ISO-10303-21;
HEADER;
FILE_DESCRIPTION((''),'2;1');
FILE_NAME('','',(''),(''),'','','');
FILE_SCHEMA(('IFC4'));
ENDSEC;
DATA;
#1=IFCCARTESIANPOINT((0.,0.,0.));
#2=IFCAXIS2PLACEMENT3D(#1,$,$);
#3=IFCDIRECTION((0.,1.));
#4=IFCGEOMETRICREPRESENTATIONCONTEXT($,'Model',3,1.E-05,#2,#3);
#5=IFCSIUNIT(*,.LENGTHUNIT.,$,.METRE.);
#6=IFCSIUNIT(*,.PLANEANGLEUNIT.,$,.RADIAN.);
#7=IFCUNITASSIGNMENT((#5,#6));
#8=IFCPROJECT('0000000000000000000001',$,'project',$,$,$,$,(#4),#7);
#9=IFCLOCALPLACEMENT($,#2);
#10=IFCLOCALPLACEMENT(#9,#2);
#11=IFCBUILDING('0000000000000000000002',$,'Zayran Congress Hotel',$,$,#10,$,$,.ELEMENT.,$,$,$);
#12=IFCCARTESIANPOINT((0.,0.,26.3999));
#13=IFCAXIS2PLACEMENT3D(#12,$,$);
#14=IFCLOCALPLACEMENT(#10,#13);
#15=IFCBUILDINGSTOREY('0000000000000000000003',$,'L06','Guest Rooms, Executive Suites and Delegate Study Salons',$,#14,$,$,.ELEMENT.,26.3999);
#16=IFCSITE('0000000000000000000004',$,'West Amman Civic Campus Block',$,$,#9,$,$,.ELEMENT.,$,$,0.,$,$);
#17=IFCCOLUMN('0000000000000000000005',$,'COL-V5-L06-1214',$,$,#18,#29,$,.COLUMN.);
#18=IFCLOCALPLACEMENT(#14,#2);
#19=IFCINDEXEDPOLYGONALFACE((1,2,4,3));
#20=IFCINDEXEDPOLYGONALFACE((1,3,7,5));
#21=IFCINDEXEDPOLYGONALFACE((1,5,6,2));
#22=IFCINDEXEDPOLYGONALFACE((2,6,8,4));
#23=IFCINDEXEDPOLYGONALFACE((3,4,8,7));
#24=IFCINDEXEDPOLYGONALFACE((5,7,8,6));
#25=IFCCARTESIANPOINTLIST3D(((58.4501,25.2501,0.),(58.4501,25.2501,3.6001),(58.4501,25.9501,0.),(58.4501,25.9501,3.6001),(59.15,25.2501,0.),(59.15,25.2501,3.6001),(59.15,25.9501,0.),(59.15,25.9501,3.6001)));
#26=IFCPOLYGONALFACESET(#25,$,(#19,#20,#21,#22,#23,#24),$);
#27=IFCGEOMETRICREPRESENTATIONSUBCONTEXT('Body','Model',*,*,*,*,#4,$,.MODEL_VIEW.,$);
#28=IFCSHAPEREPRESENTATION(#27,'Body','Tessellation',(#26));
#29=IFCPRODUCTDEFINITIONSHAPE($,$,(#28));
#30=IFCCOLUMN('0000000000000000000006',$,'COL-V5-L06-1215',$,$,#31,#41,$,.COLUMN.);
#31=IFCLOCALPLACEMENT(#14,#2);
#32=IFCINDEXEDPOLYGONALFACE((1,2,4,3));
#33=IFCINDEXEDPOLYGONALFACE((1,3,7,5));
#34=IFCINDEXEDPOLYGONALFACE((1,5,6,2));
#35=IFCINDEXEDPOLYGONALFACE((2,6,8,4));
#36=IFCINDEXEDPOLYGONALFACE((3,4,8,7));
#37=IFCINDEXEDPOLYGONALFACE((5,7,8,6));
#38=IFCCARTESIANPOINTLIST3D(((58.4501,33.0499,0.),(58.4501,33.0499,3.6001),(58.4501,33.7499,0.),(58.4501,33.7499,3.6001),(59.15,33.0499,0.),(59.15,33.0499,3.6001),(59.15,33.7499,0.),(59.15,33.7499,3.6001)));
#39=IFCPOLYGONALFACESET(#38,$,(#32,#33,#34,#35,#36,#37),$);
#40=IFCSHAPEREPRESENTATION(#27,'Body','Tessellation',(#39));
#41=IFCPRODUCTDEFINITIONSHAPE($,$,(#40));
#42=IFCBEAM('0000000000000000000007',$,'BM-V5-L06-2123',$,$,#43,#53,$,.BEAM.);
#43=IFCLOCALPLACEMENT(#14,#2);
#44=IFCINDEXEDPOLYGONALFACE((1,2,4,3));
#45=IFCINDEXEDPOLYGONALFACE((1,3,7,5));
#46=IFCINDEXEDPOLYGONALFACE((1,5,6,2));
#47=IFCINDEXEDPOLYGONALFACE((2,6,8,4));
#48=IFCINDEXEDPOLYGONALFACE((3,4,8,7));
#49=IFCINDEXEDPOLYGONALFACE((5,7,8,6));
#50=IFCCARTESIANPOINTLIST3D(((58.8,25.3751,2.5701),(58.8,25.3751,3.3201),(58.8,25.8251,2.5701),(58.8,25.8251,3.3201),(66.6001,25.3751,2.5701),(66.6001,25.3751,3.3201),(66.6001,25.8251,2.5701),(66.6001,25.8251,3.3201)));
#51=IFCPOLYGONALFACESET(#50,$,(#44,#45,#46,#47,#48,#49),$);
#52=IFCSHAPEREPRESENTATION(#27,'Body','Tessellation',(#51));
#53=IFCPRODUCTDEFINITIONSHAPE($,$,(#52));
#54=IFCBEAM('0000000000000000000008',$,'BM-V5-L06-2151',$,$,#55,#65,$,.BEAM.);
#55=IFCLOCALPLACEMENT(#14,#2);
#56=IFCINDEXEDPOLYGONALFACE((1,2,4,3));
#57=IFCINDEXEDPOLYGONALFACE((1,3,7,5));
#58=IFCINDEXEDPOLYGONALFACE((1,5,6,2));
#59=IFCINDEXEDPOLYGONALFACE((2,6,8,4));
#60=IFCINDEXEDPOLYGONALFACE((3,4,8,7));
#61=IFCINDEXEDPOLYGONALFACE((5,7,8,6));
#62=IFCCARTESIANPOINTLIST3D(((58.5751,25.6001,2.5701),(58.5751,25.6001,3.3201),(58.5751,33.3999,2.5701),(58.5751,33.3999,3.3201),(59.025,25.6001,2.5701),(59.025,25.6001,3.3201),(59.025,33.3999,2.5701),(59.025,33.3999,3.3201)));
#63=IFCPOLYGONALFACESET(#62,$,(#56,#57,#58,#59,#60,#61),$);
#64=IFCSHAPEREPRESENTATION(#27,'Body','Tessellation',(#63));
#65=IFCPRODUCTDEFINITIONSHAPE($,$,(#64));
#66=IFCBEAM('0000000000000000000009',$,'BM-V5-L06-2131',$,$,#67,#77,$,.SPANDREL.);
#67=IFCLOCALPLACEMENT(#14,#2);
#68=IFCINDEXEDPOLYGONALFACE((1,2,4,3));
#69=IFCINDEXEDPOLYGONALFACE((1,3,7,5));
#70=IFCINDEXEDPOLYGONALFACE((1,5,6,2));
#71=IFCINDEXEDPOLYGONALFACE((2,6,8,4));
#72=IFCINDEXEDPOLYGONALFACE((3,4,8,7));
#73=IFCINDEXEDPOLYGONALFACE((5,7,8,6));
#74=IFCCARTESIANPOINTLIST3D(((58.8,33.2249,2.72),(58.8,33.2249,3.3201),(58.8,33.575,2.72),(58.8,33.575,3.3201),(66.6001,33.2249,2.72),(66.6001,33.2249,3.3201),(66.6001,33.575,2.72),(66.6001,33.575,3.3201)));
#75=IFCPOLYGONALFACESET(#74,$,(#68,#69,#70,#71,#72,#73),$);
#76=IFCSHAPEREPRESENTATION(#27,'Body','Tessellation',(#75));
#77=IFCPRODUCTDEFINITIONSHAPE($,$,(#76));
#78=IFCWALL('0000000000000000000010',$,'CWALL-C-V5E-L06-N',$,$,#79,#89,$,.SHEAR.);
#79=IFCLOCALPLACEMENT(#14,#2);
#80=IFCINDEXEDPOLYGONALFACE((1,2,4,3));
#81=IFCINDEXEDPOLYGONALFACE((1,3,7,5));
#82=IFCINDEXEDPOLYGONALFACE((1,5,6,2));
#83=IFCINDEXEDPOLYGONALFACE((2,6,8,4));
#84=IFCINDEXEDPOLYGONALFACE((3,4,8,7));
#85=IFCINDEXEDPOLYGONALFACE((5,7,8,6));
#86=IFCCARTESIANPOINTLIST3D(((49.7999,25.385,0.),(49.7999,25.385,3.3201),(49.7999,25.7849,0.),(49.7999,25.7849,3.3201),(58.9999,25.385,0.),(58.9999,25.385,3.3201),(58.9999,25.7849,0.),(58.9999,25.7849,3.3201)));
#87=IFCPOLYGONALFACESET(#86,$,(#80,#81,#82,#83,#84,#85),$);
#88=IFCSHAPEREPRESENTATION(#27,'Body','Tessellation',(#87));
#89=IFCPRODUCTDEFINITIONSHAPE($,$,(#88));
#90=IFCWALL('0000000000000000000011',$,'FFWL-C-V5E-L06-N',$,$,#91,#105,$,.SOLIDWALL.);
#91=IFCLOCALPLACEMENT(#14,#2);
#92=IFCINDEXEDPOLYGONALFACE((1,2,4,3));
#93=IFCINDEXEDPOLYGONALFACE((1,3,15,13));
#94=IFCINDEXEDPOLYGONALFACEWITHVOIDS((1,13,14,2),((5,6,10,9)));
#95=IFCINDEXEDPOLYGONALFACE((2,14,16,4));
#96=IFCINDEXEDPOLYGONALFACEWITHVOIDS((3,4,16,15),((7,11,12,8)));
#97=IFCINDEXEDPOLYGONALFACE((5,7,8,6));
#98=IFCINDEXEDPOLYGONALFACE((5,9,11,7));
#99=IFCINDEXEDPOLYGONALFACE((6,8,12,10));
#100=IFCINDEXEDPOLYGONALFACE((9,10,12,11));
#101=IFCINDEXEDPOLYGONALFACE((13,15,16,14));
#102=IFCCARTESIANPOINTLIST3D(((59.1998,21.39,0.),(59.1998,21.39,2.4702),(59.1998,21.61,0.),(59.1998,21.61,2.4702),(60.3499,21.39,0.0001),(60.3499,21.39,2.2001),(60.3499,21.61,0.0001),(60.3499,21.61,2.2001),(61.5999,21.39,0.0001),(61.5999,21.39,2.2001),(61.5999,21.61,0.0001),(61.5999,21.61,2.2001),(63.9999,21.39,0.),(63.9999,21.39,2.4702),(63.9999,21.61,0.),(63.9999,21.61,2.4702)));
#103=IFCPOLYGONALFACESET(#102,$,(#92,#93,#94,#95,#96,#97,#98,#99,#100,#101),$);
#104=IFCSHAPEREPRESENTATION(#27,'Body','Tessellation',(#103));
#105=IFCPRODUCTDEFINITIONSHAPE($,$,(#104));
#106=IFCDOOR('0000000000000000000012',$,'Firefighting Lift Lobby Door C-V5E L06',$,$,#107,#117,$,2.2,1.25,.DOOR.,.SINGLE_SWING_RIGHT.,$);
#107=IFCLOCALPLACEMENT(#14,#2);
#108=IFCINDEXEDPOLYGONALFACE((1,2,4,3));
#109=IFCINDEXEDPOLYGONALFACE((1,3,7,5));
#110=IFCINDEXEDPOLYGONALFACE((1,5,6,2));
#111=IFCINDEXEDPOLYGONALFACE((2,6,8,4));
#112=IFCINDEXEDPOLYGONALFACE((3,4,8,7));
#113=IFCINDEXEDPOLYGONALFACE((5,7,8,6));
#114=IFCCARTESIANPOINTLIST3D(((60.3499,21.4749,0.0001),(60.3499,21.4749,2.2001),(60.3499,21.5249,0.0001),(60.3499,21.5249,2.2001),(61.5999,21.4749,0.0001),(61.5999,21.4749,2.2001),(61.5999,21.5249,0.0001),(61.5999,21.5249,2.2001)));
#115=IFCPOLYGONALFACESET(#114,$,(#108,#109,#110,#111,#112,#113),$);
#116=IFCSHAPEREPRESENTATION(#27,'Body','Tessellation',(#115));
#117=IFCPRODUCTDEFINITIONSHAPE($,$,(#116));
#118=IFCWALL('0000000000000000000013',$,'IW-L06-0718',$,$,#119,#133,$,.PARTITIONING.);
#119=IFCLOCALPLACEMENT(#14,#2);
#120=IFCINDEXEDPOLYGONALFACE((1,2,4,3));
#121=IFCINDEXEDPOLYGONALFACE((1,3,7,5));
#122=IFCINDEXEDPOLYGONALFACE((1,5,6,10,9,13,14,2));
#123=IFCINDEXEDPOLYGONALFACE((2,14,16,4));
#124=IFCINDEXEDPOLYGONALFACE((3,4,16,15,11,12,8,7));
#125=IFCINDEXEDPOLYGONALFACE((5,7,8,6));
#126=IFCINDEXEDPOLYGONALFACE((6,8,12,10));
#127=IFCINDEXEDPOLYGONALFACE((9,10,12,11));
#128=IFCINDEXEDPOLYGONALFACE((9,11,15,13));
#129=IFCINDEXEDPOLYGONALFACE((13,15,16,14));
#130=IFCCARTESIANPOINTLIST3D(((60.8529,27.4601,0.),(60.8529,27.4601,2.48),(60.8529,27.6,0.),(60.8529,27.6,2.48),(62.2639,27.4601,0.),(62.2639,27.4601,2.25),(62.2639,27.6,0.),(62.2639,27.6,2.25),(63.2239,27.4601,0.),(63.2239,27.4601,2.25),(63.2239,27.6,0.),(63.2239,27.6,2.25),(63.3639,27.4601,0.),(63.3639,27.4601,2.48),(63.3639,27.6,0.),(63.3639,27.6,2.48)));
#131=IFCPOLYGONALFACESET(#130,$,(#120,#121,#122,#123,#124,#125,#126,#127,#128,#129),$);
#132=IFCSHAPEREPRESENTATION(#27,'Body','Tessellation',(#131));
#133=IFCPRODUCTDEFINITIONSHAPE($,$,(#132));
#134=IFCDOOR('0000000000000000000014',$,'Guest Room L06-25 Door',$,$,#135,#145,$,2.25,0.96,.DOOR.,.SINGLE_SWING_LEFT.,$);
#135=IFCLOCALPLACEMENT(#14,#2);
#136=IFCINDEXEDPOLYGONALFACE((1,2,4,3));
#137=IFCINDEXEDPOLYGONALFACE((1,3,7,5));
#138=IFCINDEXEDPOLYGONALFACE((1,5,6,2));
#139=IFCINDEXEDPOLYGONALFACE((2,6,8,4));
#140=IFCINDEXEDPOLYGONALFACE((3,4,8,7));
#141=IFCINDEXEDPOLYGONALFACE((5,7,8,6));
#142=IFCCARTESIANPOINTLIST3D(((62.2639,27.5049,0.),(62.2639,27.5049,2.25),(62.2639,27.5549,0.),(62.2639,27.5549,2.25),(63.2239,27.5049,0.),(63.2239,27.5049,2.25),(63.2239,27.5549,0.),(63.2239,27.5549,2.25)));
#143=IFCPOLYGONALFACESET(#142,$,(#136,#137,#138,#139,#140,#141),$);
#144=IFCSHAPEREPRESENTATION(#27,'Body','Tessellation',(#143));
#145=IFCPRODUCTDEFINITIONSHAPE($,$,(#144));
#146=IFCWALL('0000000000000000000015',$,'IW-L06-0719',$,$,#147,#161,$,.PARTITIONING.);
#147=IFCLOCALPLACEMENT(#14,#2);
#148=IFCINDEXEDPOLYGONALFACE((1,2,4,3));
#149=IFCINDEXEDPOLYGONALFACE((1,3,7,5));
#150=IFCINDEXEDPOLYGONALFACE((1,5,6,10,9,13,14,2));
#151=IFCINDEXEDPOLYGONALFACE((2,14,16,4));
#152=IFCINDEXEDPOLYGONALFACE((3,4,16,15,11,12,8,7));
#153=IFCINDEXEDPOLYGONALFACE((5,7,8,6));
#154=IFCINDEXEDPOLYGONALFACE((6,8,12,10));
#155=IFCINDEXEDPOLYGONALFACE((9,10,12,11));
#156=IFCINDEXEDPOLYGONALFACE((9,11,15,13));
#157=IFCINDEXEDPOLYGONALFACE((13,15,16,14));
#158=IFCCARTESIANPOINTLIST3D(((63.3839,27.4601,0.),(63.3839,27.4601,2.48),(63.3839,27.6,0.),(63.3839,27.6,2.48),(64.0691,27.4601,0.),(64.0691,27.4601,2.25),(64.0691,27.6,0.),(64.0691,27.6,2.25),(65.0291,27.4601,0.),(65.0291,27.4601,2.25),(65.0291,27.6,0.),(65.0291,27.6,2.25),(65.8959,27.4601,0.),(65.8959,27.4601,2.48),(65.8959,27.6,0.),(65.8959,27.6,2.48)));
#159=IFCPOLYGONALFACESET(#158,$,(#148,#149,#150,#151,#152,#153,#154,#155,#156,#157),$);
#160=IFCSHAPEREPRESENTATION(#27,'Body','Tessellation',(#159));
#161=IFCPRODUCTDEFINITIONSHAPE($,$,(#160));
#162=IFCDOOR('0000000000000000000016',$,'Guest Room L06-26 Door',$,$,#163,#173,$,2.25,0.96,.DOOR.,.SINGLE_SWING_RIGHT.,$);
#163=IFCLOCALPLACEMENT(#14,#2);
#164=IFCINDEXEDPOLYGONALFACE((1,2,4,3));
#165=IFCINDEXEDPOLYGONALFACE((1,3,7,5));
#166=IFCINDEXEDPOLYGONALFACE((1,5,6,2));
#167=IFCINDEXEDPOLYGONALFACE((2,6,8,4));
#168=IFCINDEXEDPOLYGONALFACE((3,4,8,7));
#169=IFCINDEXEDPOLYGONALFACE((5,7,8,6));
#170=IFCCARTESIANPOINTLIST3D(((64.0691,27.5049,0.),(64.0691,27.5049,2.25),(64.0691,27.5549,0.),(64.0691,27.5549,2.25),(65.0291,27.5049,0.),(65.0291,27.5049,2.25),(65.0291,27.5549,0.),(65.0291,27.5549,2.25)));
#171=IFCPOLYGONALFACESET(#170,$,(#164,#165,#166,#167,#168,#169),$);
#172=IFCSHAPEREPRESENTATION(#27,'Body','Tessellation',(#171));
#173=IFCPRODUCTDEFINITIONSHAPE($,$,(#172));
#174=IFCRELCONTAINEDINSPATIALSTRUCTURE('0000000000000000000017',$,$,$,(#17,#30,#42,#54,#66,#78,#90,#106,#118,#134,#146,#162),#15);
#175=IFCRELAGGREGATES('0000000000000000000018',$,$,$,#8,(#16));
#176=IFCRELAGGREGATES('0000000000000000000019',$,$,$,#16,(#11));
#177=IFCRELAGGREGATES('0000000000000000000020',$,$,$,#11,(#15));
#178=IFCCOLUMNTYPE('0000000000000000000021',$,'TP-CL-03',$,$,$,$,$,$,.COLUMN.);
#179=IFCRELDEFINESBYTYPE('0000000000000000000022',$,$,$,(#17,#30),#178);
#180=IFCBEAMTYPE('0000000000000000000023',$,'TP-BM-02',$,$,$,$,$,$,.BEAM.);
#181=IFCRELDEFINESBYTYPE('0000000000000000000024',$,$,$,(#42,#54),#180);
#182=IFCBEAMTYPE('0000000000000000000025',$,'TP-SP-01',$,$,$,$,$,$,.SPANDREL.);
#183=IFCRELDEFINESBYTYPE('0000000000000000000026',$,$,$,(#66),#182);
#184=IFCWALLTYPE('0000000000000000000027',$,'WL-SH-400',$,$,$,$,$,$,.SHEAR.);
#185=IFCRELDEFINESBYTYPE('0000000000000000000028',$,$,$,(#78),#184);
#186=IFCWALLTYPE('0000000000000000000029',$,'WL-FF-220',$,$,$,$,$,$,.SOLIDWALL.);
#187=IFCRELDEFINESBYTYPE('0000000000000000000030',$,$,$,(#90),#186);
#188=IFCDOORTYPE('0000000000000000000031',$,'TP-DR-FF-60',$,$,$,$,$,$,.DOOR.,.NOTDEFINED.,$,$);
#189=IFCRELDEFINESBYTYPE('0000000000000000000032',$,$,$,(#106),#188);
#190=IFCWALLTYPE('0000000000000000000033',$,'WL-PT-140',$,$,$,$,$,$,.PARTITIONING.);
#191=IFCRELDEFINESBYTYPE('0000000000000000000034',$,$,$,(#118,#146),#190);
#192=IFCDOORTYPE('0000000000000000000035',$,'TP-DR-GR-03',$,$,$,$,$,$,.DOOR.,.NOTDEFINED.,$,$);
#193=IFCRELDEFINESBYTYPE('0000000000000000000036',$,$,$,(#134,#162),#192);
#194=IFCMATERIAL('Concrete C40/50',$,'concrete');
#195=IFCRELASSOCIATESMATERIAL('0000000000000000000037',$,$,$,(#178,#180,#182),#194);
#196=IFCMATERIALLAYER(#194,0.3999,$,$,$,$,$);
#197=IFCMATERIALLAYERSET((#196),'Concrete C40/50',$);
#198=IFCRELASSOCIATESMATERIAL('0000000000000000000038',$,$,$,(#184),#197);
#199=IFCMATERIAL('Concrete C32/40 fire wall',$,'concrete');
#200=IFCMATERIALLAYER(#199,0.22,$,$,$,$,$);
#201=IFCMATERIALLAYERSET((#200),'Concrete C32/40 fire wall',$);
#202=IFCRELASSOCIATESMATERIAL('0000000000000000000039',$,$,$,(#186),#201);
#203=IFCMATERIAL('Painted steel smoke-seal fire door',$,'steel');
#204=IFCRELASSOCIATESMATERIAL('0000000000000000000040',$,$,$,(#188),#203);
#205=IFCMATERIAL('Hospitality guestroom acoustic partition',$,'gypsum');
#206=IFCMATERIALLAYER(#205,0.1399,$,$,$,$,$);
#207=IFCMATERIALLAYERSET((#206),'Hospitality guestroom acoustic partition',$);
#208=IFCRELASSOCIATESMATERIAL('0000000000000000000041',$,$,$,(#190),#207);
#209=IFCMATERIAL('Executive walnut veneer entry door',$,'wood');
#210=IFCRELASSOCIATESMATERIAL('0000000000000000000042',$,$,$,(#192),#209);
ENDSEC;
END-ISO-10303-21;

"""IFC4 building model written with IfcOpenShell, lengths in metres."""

from ifc_helpers import new_model, si_unit, direction, frame, frame_2d, origin, origin_2d, place, context, subcontext, project, spatial, rectangle, extrude, material, layer, layer_set, material_profile, profile_set, type_object, element, fill, save


model = new_model("IFC4")

# Units and contexts
model_context = context("Model", 3, precision=1e-05, world=origin(), true_north=direction((0.0, 1.0)))
body_context = subcontext(model_context, "Body", "Model", "MODEL_VIEW")
ifc_project = project(units=[si_unit("LENGTHUNIT", "METRE"), si_unit("PLANEANGLEUNIT", "RADIAN")], contexts=[model_context])

# Site, building, storey
site_placement = place(None, origin())
site = spatial("IfcSite", under=ifc_project, at=site_placement, Name="West Amman Civic Campus Block", CompositionType="ELEMENT", RefElevation=0.0)
building_placement = place(site_placement, origin())
building = spatial("IfcBuilding", under=site, at=building_placement, Name="Zayran Congress Hotel", CompositionType="ELEMENT")
storey_placement = place(building_placement, frame((0.0, 0.0, 26.3999)))
storey = spatial("IfcBuildingStorey", under=building, at=storey_placement, Name="L06", Description="Guest Rooms, Executive Suites and Delegate Study Salons", CompositionType="ELEMENT", Elevation=26.3999)

# Columns
ifc_material_1 = material(Name="Concrete C40/50", Category="concrete")
ifc_material_profile_1 = material_profile(ifc_material_1, rectangle(XDim=0.7, YDim=0.7, at=origin_2d()), Name="RC 700x700")
ifc_profile_set_1 = profile_set([ifc_material_profile_1], Name="Concrete C40/50")
column_type = type_object("IfcColumnType", Name="TP-CL-03", PredefinedType="COLUMN", material=ifc_profile_set_1)
for number, where, z_axis, x_axis, name in (
    (1, (58.8, 25.6001, 0.0), (0.0, 0.0, 1.0), (1.0, 0.0, 0.0), "COL-V5-L06-1214"),
    (2, (58.8, 33.3999, 0.0), (0.0, 0.0, 1.0), (1.0, 0.0, 0.0), "COL-V5-L06-1215"),
):
    element("IfcColumn", number, at=place(storey_placement, frame(where, z_axis=z_axis, x_axis=x_axis)), inside=storey, type_object=column_type, Name=name, PredefinedType="COLUMN", context=body_context, shape_type="SweptSolid", body=[
        extrude(rectangle(XDim=0.7, YDim=0.7, at=origin_2d()), origin(), (0.0, 0.0, 1.0), 3.6001),
    ])

# Beams
ifc_material_profile_2 = material_profile(ifc_material_1, rectangle(XDim=0.45, YDim=0.75, at=origin_2d()), Name="RC 450x750")
ifc_profile_set_2 = profile_set([ifc_material_profile_2], Name="Concrete C40/50")
beam_type_1 = type_object("IfcBeamType", Name="TP-BM-02", PredefinedType="BEAM", material=ifc_profile_set_2)
beam_1_placement = place(storey_placement, frame((58.8, 25.6001, 2.9451), z_axis=(1.0, 0.0, 0.0), x_axis=(0.0, 1.0, 0.0)))
element("IfcBeam", 3, at=beam_1_placement, inside=storey, type_object=beam_type_1, Name="BM-V5-L06-2123", PredefinedType="BEAM", context=body_context, shape_type="SweptSolid", body=[
    extrude(rectangle(XDim=0.45, YDim=0.75, at=origin_2d()), origin(), (0.0, 0.0, 1.0), 7.8),
])
beam_2_placement = place(storey_placement, frame((58.8, 25.6001, 2.9451), z_axis=(0.0, 1.0, 0.0), x_axis=(-1.0, 0.0, 0.0)))
element("IfcBeam", 4, at=beam_2_placement, inside=storey, type_object=beam_type_1, Name="BM-V5-L06-2151", PredefinedType="BEAM", context=body_context, shape_type="SweptSolid", body=[
    extrude(rectangle(XDim=0.45, YDim=0.75, at=origin_2d()), origin(), (0.0, 0.0, 1.0), 7.7998),
])
ifc_material_profile_3 = material_profile(ifc_material_1, rectangle(XDim=0.3501, YDim=0.6001, at=origin_2d()), Name="RC 350x600")
ifc_profile_set_3 = profile_set([ifc_material_profile_3], Name="Concrete C40/50")
beam_type_2 = type_object("IfcBeamType", Name="TP-SP-01", PredefinedType="SPANDREL", material=ifc_profile_set_3)
beam_3_placement = place(storey_placement, frame((58.8, 33.3999, 3.02), z_axis=(1.0, 0.0, 0.0), x_axis=(0.0, 1.0, 0.0)))
element("IfcBeam", 5, at=beam_3_placement, inside=storey, type_object=beam_type_2, Name="BM-V5-L06-2131", PredefinedType="SPANDREL", context=body_context, shape_type="SweptSolid", body=[
    extrude(rectangle(XDim=0.3501, YDim=0.6001, at=origin_2d()), origin(), (0.0, 0.0, 1.0), 7.8),
])

# Wall
ifc_layer_1 = layer(ifc_material_1, 0.3999)
ifc_layer_set_1 = layer_set([ifc_layer_1], Name="Concrete C40/50")
wall_type_1 = type_object("IfcWallType", Name="WL-SH-400", PredefinedType="SHEAR", material=ifc_layer_set_1)
wall_1_placement = place(storey_placement, frame((59.0, 25.585, 0.0), z_axis=(0.0, 0.0, 1.0), x_axis=(-1.0, 0.0, 0.0)))
element("IfcWall", 6, at=wall_1_placement, inside=storey, type_object=wall_type_1, Name="CWALL-C-V5E-L06-N", PredefinedType="SHEAR", context=body_context, shape_type="SweptSolid", body=[
    extrude(rectangle(XDim=9.2, YDim=0.3999, at=frame_2d((4.6001, 0.0))), origin(), (0.0, 0.0, 1.0), 3.3201),
])

# Walls, openings, doors
ifc_material_2 = material(Name="Concrete C32/40 fire wall", Category="concrete")
ifc_layer_2 = layer(ifc_material_2, 0.22)
ifc_layer_set_2 = layer_set([ifc_layer_2], Name="Concrete C32/40 fire wall")
wall_type_2 = type_object("IfcWallType", Name="WL-FF-220", PredefinedType="SOLIDWALL", material=ifc_layer_set_2)
wall_2_placement = place(storey_placement, frame((59.2, 21.5, 0.0), z_axis=(0.0, 0.0, 1.0), x_axis=(1.0, 0.0, 0.0)))
wall_2 = element("IfcWall", 7, at=wall_2_placement, inside=storey, type_object=wall_type_2, Name="FFWL-C-V5E-L06-N", PredefinedType="SOLIDWALL", context=body_context, shape_type="SweptSolid", body=[
    extrude(rectangle(XDim=4.8, YDim=0.22, at=frame_2d((2.3999, 0.0))), origin(), (0.0, 0.0, 1.0), 2.4702),
])
opening_1_placement = place(wall_2_placement, frame((1.1499, 0.0, 0.0)))
opening_1 = element("IfcOpeningElement", 8, at=opening_1_placement, cuts=wall_2, PredefinedType="OPENING", context=body_context, shape_type="SweptSolid", body=[
    extrude(rectangle(XDim=1.25, YDim=2.2, at=frame_2d((0.625, 1.1001))), frame((0.0, 0.1199, 0.0), z_axis=(0.0, -1.0, 0.0), x_axis=(1.0, 0.0, 0.0)), (0.0, 0.0, 1.0), 0.24),
])
ifc_material_3 = material(Name="Painted steel smoke-seal fire door", Category="steel")
door_type_1 = type_object("IfcDoorType", Name="TP-DR-FF-60", OperationType="NOTDEFINED", PredefinedType="DOOR", material=ifc_material_3)
door_1_placement = place(opening_1_placement, origin())
door_1 = element("IfcDoor", 9, at=door_1_placement, inside=storey, type_object=door_type_1, Name="Firefighting Lift Lobby Door C-V5E L06", OperationType="SINGLE_SWING_RIGHT", OverallHeight=2.2, OverallWidth=1.25, PredefinedType="DOOR", context=body_context, shape_type="SweptSolid", body=[
    extrude(rectangle(XDim=1.25, YDim=2.2, at=frame_2d((0.625, 1.1001))), frame((0.0, 0.0249, 0.0), z_axis=(0.0, -1.0, 0.0), x_axis=(1.0, 0.0, 0.0)), (0.0, 0.0, 1.0), 0.05),
])
fill(opening_1, door_1)
ifc_material_4 = material(Name="Hospitality guestroom acoustic partition", Category="gypsum")
ifc_layer_3 = layer(ifc_material_4, 0.1399)
ifc_layer_set_3 = layer_set([ifc_layer_3], Name="Hospitality guestroom acoustic partition")
wall_type_3 = type_object("IfcWallType", Name="WL-PT-140", PredefinedType="PARTITIONING", material=ifc_layer_set_3)
wall_3_placement = place(storey_placement, frame((60.853, 27.53, 0.0), z_axis=(0.0, 0.0, 1.0), x_axis=(1.0, 0.0, 0.0)))
wall_3 = element("IfcWall", 10, at=wall_3_placement, inside=storey, type_object=wall_type_3, Name="IW-L06-0718", PredefinedType="PARTITIONING", context=body_context, shape_type="SweptSolid", body=[
    extrude(rectangle(XDim=2.511, YDim=0.1399, at=frame_2d((1.2554, 0.0))), origin(), (0.0, 0.0, 1.0), 2.48),
])
opening_2_placement = place(wall_3_placement, frame((1.4109, 0.0, 0.0)))
opening_2 = element("IfcOpeningElement", 11, at=opening_2_placement, cuts=wall_3, PredefinedType="OPENING", context=body_context, shape_type="SweptSolid", body=[
    extrude(rectangle(XDim=0.96, YDim=2.25, at=frame_2d((0.48, 1.125))), frame((0.0, 0.0798, 0.0), z_axis=(0.0, -1.0, 0.0), x_axis=(1.0, 0.0, 0.0)), (0.0, 0.0, 1.0), 0.1599),
])
ifc_material_5 = material(Name="Executive walnut veneer entry door", Category="wood")
door_type_2 = type_object("IfcDoorType", Name="TP-DR-GR-03", OperationType="NOTDEFINED", PredefinedType="DOOR", material=ifc_material_5)
door_2_placement = place(opening_2_placement, origin())
door_2 = element("IfcDoor", 12, at=door_2_placement, inside=storey, type_object=door_type_2, Name="Guest Room L06-25 Door", OperationType="SINGLE_SWING_LEFT", OverallHeight=2.25, OverallWidth=0.96, PredefinedType="DOOR", context=body_context, shape_type="SweptSolid", body=[
    extrude(rectangle(XDim=0.96, YDim=2.25, at=frame_2d((0.48, 1.125))), frame((0.0, 0.0249, 0.0), z_axis=(0.0, -1.0, 0.0), x_axis=(1.0, 0.0, 0.0)), (0.0, 0.0, 1.0), 0.05),
])
fill(opening_2, door_2)
wall_4_placement = place(storey_placement, frame((63.384, 27.53, 0.0), z_axis=(0.0, 0.0, 1.0), x_axis=(1.0, 0.0, 0.0)))
wall_4 = element("IfcWall", 13, at=wall_4_placement, inside=storey, type_object=wall_type_3, Name="IW-L06-0719", PredefinedType="PARTITIONING", context=body_context, shape_type="SweptSolid", body=[
    extrude(rectangle(XDim=2.512, YDim=0.1399, at=frame_2d((1.2559, 0.0))), origin(), (0.0, 0.0, 1.0), 2.48),
])
opening_3_placement = place(wall_4_placement, frame((0.6851, 0.0, 0.0)))
opening_3 = element("IfcOpeningElement", 14, at=opening_3_placement, cuts=wall_4, PredefinedType="OPENING", context=body_context, shape_type="SweptSolid", body=[
    extrude(rectangle(XDim=0.96, YDim=2.25, at=frame_2d((0.48, 1.125))), frame((0.0, 0.0798, 0.0), z_axis=(0.0, -1.0, 0.0), x_axis=(1.0, 0.0, 0.0)), (0.0, 0.0, 1.0), 0.1599),
])
door_3_placement = place(opening_3_placement, origin())
door_3 = element("IfcDoor", 15, at=door_3_placement, inside=storey, type_object=door_type_2, Name="Guest Room L06-26 Door", OperationType="SINGLE_SWING_RIGHT", OverallHeight=2.25, OverallWidth=0.96, PredefinedType="DOOR", context=body_context, shape_type="SweptSolid", body=[
    extrude(rectangle(XDim=0.96, YDim=2.25, at=frame_2d((0.48, 1.125))), frame((0.0, 0.0249, 0.0), z_axis=(0.0, -1.0, 0.0), x_axis=(1.0, 0.0, 0.0)), (0.0, 0.0, 1.0), 0.05),
])
fill(opening_3, door_3)

save(model, "model.ifc")
